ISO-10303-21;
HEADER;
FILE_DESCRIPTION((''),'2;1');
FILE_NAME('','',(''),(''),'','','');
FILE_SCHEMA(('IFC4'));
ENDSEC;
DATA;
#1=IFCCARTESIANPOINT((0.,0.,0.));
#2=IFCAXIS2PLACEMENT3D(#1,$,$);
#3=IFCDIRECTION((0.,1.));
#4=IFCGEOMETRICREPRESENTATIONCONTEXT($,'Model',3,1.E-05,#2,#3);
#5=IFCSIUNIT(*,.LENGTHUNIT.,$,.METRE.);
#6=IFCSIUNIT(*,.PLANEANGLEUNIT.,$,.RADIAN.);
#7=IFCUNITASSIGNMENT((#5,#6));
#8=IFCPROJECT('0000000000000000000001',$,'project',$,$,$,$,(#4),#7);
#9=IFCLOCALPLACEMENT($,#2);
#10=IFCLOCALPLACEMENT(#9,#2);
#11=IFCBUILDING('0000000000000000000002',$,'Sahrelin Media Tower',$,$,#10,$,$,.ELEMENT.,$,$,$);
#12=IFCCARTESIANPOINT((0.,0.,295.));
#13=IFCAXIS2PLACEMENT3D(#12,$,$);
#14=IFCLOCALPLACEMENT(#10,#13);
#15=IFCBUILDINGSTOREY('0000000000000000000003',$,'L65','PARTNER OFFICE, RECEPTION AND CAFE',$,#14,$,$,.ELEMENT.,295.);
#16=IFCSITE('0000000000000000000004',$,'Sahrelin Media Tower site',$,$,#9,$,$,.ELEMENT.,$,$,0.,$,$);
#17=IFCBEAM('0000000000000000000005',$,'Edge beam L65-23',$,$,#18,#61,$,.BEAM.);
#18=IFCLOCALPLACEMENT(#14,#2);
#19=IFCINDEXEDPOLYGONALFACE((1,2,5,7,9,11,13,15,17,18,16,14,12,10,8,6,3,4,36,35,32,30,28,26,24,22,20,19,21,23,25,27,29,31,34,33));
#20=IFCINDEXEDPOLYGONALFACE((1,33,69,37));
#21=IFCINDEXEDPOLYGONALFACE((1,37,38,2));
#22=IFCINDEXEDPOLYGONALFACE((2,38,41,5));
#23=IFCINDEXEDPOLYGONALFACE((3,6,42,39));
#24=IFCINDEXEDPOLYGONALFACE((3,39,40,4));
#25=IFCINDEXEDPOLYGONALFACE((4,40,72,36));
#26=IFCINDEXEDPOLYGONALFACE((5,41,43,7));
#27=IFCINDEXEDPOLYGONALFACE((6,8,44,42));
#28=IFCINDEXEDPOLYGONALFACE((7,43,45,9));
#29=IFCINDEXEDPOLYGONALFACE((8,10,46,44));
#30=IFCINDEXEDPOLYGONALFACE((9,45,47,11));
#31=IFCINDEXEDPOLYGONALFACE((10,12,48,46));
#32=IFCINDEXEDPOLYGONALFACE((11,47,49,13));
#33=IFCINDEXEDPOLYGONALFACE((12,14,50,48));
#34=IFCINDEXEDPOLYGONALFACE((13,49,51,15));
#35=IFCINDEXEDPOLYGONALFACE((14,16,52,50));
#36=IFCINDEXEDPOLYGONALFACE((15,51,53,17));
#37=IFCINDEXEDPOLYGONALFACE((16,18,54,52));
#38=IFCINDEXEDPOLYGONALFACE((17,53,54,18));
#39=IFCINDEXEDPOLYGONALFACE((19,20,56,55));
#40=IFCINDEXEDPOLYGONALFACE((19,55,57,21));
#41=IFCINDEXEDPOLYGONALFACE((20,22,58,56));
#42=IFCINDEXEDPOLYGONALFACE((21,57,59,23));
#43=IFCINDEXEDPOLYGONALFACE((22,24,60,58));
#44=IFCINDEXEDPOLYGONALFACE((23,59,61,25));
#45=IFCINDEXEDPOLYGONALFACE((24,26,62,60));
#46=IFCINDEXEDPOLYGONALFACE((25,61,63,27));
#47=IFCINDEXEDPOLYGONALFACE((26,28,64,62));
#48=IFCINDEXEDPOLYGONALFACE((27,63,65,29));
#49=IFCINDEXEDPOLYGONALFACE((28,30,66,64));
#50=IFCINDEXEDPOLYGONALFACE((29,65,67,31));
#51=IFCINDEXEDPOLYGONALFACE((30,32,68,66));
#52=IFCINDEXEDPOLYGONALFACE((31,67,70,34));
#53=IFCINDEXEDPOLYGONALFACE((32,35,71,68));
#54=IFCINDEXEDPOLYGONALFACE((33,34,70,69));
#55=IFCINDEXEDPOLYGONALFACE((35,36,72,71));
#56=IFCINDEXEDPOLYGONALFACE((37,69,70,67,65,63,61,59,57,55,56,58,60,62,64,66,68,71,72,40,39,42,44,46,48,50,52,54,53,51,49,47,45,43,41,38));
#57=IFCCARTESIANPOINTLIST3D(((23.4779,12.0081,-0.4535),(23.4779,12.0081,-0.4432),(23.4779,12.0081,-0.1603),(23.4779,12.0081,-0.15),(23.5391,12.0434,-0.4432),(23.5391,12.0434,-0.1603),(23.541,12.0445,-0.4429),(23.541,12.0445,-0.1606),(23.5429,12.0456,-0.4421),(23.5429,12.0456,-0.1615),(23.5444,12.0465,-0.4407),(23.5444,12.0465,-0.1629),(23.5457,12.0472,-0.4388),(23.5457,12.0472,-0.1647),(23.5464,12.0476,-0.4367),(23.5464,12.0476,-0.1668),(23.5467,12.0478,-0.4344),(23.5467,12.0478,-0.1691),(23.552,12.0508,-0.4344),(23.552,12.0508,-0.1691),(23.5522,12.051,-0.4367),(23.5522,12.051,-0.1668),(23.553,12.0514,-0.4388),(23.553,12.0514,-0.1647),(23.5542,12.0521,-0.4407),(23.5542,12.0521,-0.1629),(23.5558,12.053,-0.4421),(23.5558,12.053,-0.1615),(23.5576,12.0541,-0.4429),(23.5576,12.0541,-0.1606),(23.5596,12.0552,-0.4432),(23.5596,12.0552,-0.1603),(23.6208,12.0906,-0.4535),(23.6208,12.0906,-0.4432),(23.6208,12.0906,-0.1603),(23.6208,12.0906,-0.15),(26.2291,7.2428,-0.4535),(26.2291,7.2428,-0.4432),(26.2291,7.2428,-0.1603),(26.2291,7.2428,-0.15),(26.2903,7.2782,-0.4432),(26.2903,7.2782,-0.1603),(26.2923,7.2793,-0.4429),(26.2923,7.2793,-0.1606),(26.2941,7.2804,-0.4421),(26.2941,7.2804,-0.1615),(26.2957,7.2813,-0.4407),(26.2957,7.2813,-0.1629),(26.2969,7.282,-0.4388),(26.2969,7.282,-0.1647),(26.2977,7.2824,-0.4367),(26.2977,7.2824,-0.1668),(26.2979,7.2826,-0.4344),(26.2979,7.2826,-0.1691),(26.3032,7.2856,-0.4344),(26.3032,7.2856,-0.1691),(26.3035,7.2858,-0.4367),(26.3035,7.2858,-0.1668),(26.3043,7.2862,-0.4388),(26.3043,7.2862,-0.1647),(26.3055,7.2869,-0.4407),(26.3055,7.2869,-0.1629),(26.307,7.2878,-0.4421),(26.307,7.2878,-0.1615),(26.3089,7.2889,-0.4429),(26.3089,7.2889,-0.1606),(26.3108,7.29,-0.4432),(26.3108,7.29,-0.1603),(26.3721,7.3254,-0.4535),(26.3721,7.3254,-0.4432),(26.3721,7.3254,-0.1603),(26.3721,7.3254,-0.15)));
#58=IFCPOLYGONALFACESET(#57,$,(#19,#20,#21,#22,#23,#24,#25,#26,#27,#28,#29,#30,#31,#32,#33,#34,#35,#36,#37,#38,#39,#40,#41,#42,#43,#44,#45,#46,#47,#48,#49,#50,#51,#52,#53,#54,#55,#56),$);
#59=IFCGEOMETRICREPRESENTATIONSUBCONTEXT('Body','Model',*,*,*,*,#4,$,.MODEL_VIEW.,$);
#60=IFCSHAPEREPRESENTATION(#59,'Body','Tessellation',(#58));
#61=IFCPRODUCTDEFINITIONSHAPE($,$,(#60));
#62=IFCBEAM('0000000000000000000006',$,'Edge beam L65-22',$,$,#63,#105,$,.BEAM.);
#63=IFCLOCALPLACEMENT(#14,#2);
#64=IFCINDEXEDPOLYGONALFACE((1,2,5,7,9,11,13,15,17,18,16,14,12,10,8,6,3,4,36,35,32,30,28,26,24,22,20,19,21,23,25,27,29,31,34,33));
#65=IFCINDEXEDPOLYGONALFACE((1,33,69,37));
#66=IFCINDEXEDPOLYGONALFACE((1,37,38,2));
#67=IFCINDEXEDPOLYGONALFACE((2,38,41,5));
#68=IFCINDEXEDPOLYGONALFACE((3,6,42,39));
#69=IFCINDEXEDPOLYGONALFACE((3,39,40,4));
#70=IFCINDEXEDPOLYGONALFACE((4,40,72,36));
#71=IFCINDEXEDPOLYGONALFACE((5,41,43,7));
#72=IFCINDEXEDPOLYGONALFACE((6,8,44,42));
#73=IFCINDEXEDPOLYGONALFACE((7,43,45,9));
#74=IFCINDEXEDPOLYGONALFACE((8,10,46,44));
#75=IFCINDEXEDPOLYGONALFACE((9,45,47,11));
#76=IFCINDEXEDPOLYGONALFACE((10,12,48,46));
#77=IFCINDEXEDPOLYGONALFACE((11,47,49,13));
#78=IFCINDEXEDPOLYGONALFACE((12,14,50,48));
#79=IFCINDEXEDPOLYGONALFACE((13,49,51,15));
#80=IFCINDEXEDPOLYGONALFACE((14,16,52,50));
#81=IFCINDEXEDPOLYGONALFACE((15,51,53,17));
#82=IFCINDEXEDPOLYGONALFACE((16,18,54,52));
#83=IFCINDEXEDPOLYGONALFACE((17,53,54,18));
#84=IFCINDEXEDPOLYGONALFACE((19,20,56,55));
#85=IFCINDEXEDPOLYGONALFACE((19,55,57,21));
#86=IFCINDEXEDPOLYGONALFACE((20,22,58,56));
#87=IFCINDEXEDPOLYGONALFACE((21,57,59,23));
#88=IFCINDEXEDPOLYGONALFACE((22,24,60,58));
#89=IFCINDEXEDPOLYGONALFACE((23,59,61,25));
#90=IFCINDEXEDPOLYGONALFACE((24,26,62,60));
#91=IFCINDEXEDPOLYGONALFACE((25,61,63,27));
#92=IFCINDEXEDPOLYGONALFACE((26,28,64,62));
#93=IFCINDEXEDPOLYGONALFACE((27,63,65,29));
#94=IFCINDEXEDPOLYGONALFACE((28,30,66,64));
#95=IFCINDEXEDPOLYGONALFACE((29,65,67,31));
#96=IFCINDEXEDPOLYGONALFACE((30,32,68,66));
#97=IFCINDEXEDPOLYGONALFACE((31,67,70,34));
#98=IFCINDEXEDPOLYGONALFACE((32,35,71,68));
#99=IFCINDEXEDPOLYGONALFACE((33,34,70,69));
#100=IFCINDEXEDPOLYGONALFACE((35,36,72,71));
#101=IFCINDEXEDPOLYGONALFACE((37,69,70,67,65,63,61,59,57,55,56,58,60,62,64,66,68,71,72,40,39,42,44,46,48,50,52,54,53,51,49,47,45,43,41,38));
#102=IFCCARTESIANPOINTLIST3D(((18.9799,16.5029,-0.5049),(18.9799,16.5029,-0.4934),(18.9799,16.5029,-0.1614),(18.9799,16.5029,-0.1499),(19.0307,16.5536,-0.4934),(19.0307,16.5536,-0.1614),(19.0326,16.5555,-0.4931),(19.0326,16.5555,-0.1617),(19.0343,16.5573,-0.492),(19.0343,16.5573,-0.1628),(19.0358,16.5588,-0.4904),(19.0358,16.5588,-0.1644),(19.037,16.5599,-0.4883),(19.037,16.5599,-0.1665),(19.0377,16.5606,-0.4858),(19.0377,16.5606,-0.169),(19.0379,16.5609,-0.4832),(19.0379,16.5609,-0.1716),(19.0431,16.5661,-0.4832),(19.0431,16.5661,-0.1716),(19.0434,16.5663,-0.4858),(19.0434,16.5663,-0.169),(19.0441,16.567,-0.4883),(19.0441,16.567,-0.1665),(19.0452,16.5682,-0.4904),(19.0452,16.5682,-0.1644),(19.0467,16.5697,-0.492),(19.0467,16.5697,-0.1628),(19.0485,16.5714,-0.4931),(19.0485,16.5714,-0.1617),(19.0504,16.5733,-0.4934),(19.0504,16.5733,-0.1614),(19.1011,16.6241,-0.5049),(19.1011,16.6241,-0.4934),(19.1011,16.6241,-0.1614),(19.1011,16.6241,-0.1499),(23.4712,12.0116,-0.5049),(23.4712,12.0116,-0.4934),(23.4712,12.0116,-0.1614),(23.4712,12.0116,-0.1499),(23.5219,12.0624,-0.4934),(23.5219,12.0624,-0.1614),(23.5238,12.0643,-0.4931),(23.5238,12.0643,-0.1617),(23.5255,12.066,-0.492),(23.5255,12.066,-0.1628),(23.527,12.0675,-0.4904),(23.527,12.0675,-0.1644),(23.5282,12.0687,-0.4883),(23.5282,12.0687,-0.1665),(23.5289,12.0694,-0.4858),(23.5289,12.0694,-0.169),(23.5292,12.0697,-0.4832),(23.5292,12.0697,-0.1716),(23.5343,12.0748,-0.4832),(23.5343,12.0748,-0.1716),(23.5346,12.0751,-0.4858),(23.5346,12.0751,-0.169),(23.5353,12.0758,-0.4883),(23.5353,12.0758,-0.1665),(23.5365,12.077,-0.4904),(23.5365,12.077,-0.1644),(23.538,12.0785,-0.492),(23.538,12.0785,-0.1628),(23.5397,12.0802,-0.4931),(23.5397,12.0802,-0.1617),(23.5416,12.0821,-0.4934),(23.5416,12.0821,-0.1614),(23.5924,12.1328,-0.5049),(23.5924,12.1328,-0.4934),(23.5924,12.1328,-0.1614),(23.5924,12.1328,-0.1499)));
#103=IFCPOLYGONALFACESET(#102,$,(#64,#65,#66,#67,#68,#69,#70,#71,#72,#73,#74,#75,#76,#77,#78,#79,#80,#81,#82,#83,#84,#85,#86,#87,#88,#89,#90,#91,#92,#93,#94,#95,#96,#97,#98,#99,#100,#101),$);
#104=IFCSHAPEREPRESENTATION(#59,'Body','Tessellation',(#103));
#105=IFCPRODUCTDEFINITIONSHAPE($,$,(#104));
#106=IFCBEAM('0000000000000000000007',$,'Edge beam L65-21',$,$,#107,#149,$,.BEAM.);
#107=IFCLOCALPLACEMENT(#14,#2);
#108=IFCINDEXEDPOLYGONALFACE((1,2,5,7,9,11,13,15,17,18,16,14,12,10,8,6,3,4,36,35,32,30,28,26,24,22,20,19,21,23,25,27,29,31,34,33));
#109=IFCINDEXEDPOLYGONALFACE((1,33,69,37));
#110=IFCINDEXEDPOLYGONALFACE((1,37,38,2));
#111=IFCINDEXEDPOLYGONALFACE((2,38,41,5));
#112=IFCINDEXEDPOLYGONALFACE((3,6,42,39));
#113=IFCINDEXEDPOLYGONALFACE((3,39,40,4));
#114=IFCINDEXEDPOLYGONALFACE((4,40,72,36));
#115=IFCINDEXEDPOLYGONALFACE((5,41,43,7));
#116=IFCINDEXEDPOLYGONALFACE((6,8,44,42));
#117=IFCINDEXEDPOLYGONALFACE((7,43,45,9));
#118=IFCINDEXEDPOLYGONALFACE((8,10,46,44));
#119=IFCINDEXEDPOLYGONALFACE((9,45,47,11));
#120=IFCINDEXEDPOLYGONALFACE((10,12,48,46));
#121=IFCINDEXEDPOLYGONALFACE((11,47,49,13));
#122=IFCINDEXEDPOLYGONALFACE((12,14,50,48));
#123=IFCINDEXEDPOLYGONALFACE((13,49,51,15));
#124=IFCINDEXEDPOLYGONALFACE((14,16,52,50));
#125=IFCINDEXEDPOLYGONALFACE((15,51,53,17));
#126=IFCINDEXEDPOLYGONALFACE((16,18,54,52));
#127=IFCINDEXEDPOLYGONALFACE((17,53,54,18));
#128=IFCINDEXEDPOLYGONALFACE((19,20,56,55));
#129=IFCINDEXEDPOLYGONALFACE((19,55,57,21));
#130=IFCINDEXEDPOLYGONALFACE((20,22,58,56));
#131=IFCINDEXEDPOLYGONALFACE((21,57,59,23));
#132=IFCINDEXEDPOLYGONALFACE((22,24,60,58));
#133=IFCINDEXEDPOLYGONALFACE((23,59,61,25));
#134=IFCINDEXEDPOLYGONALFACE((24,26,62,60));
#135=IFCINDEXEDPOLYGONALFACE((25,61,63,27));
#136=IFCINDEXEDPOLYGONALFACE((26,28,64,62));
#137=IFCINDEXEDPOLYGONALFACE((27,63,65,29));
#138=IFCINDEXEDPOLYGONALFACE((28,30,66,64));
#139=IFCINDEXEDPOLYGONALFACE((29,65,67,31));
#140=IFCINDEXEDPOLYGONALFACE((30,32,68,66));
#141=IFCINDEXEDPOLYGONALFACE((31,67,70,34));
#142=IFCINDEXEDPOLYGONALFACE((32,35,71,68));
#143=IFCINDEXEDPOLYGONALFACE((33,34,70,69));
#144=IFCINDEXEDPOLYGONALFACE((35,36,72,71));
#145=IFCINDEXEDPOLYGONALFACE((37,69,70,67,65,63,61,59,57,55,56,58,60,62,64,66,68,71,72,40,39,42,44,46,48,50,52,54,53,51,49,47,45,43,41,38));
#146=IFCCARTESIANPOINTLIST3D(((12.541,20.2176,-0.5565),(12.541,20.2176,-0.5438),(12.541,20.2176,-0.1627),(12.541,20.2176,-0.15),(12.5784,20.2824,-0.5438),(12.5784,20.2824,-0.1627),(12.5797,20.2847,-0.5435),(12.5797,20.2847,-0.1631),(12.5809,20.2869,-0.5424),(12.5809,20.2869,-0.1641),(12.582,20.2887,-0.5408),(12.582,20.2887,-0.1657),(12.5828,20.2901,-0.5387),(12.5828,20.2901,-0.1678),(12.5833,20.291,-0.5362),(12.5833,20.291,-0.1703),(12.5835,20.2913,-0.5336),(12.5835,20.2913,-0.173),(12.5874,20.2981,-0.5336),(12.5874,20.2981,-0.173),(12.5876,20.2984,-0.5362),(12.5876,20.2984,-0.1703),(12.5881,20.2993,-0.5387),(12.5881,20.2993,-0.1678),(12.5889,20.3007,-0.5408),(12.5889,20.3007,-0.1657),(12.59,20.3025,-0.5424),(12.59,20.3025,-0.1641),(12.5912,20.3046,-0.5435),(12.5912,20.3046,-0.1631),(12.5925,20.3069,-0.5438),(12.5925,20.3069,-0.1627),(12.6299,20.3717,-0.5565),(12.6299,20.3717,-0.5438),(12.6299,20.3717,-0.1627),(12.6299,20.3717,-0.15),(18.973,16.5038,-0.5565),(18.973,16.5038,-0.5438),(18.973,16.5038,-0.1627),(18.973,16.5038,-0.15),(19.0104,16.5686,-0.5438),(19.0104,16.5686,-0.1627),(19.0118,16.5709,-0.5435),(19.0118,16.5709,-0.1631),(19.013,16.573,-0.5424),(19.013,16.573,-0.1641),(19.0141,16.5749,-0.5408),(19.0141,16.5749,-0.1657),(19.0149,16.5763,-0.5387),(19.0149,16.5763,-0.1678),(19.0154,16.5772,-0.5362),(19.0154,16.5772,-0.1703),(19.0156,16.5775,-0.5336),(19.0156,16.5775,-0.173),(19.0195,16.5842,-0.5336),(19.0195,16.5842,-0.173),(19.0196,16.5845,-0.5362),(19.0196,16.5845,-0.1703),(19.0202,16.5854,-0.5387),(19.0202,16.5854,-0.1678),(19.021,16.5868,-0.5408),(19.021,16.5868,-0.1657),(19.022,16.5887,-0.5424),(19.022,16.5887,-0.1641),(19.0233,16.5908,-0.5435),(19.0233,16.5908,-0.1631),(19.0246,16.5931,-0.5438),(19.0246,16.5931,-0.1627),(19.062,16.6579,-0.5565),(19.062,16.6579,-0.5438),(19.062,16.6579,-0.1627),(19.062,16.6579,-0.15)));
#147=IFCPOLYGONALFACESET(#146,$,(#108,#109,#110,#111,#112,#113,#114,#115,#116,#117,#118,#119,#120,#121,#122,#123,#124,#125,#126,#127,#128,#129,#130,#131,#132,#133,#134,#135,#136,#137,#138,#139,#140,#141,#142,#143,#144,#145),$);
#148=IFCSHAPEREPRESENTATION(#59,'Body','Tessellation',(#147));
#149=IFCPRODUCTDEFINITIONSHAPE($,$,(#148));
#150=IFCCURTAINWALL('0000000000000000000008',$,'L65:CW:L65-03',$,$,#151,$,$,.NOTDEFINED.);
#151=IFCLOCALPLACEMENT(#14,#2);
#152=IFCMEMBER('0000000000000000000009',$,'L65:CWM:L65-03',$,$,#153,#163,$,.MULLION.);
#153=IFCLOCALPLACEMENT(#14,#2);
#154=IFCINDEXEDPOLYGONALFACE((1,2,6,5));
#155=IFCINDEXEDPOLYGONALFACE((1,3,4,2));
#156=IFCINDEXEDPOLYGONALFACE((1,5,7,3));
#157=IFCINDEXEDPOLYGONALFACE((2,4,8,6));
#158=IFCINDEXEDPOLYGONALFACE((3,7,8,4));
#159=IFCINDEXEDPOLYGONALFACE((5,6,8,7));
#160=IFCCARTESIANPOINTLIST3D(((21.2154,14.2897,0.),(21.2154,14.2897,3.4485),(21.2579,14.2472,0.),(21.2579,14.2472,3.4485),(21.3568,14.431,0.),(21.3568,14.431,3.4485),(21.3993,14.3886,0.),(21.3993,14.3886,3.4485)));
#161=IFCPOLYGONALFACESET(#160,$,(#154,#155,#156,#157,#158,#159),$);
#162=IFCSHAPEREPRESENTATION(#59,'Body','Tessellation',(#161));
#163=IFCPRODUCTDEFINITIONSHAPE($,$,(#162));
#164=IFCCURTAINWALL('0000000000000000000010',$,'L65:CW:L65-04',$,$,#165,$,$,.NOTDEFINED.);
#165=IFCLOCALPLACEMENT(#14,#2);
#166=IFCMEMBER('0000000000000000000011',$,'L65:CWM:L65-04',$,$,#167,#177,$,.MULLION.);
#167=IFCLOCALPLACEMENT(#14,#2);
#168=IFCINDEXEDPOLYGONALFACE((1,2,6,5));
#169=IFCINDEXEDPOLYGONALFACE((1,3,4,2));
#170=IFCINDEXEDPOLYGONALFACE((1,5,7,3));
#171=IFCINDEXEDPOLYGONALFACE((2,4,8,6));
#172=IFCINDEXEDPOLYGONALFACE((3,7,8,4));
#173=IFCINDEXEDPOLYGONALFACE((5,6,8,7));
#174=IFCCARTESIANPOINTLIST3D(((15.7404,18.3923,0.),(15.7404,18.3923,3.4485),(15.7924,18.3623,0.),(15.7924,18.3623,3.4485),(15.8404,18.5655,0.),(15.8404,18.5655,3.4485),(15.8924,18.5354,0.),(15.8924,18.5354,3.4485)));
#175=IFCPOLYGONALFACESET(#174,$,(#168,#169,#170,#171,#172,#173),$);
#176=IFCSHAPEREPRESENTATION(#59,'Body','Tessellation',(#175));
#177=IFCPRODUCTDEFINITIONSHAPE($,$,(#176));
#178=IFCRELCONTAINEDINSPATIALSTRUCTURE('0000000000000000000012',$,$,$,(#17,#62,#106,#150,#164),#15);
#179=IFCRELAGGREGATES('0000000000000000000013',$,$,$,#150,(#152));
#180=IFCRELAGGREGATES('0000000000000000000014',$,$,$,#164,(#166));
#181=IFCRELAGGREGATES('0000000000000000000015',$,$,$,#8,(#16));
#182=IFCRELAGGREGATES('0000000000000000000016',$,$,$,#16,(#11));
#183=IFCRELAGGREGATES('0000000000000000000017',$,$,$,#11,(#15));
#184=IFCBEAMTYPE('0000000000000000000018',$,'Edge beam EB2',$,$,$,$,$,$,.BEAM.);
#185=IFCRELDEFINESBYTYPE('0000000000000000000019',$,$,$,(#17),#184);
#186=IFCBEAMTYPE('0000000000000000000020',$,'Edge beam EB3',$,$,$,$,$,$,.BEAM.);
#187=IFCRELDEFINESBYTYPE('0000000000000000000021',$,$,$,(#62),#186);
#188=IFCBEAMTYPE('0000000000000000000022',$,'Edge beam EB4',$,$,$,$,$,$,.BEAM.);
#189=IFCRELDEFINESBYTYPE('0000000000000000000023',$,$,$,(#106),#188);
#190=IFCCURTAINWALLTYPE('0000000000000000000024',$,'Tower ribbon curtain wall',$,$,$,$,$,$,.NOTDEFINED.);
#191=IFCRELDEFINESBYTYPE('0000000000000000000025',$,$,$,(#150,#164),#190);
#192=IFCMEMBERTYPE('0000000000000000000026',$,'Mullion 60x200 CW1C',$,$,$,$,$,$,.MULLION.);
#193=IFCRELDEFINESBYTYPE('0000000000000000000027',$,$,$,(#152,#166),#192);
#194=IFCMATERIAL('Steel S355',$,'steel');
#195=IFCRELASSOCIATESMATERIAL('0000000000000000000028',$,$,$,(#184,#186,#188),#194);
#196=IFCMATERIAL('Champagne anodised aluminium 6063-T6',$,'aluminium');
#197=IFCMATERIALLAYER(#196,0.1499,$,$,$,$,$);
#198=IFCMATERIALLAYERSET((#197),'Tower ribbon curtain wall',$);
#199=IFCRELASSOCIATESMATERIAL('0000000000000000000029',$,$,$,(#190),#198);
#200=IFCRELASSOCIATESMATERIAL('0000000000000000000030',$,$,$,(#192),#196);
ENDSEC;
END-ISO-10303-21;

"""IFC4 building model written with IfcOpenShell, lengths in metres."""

from ifc_helpers import new_model, si_unit, direction, frame, origin, origin_2d, place, context, subcontext, project, spatial, rectangle, i_section, extrude, material, layer, layer_set, material_profile, profile_set, type_object, element, aggregate, save


model = new_model("IFC4")

# Units and contexts
model_context = context("Model", 3, precision=1e-05, world=origin(), true_north=direction((0.0, 1.0)))
body_context = subcontext(model_context, "Body", "Model", "MODEL_VIEW")
ifc_project = project(units=[si_unit("LENGTHUNIT", "METRE"), si_unit("PLANEANGLEUNIT", "RADIAN")], contexts=[model_context])

# Site, building, storey
site_placement = place(None, origin())
site = spatial("IfcSite", under=ifc_project, at=site_placement, Name="Sahrelin Media Tower site", CompositionType="ELEMENT", RefElevation=0.0)
building_placement = place(site_placement, origin())
building = spatial("IfcBuilding", under=site, at=building_placement, Name="Sahrelin Media Tower", CompositionType="ELEMENT")
storey_placement = place(building_placement, frame((0.0, 0.0, 295.0)))
storey = spatial("IfcBuildingStorey", under=building, at=storey_placement, Name="L65", Description="PARTNER OFFICE, RECEPTION AND CAFE", CompositionType="ELEMENT", Elevation=295.0)

# Beams
ifc_material_1 = material(Name="Steel S355", Category="steel")
ifc_material_profile_1 = material_profile(ifc_material_1, i_section(OverallWidth=0.165, OverallDepth=0.3035, WebThickness=0.0061, FlangeThickness=0.0103, FilletRadius=0.0088, at=origin_2d()), Name="UB 305x165x40")
ifc_profile_set_1 = profile_set([ifc_material_profile_1], Name="Steel S355")
beam_type_1 = type_object("IfcBeamType", Name="Edge beam EB2", PredefinedType="BEAM", material=ifc_profile_set_1)
beam_1_placement = place(storey_placement, frame((23.5493, 12.0493, -0.3018), z_axis=(0.500009, -0.86602, 0.0), x_axis=(0.86602, 0.500009, 0.0)))
element("IfcBeam", 1, at=beam_1_placement, inside=storey, type_object=beam_type_1, Name="Edge beam L65-23", PredefinedType="BEAM", context=body_context, shape_type="SweptSolid", body=[
    extrude(i_section(OverallWidth=0.165, OverallDepth=0.3035, WebThickness=0.0061, FlangeThickness=0.0103, FilletRadius=0.0088, at=origin_2d()), origin(), (0.0, 0.0, 1.0), 5.5024),
])
ifc_material_profile_2 = material_profile(ifc_material_1, i_section(OverallWidth=0.1714, OverallDepth=0.355, WebThickness=0.0073, FlangeThickness=0.0115, FilletRadius=0.0103, at=origin_2d()), Name="UB 356x171x51")
ifc_profile_set_2 = profile_set([ifc_material_profile_2], Name="Steel S355")
beam_type_2 = type_object("IfcBeamType", Name="Edge beam EB3", PredefinedType="BEAM", material=ifc_profile_set_2)
beam_2_placement = place(storey_placement, frame((19.0405, 16.5635, -0.3274), z_axis=(0.707107, -0.707107, 0.0), x_axis=(0.707107, 0.707107, 0.0)))
element("IfcBeam", 2, at=beam_2_placement, inside=storey, type_object=beam_type_2, Name="Edge beam L65-22", PredefinedType="BEAM", context=body_context, shape_type="SweptSolid", body=[
    extrude(i_section(OverallWidth=0.1714, OverallDepth=0.355, WebThickness=0.0073, FlangeThickness=0.0115, FilletRadius=0.0103, at=origin_2d()), origin(), (0.0, 0.0, 1.0), 6.3516),
])
ifc_material_profile_3 = material_profile(ifc_material_1, i_section(OverallWidth=0.178, OverallDepth=0.4065, WebThickness=0.0078, FlangeThickness=0.0127, FilletRadius=0.0103, at=origin_2d()), Name="UB 406x178x60")
ifc_profile_set_3 = profile_set([ifc_material_profile_3], Name="Steel S355")
beam_type_3 = type_object("IfcBeamType", Name="Edge beam EB4", PredefinedType="BEAM", material=ifc_profile_set_3)
beam_3_placement = place(storey_placement, frame((12.5854, 20.2947, -0.3533), z_axis=(0.866009, -0.500028, 0.0), x_axis=(0.500028, 0.866009, 0.0)))
element("IfcBeam", 3, at=beam_3_placement, inside=storey, type_object=beam_type_3, Name="Edge beam L65-21", PredefinedType="BEAM", context=body_context, shape_type="SweptSolid", body=[
    extrude(i_section(OverallWidth=0.178, OverallDepth=0.4065, WebThickness=0.0078, FlangeThickness=0.0127, FilletRadius=0.0103, at=origin_2d()), origin(), (0.0, 0.0, 1.0), 7.4272),
])

# Curtain walls, members
ifc_material_2 = material(Name="Champagne anodised aluminium 6063-T6", Category="aluminium")
ifc_layer_1 = layer(ifc_material_2, 0.1499)
ifc_layer_set_1 = layer_set([ifc_layer_1], Name="Tower ribbon curtain wall")
curtain_wall_type = type_object("IfcCurtainWallType", Name="Tower ribbon curtain wall", PredefinedType="NOTDEFINED", material=ifc_layer_set_1)
curtain_wall_1_placement = place(storey_placement, frame((21.3923, 14.4238, 0.0), z_axis=(0.0, 0.0, 1.0), x_axis=(1.0, 0.0, 0.0)))
curtain_wall_1 = element("IfcCurtainWall", 4, at=curtain_wall_1_placement, inside=storey, type_object=curtain_wall_type, Name="L65:CW:L65-03", PredefinedType="NOTDEFINED")
ifc_material_profile_4 = material_profile(ifc_material_2, rectangle(XDim=0.0601, YDim=0.2, at=origin_2d()), Name="Mullion 60x200")
ifc_profile_set_4 = profile_set([ifc_material_profile_4], Name="Champagne anodised aluminium 6063-T6")
member_type_1 = type_object("IfcMemberType", Name="Mullion 60x200 CW1C", PredefinedType="MULLION", material=ifc_profile_set_4)
member_1_placement = place(storey_placement, frame((21.3074, 14.3391, 0.0), z_axis=(0.0, 0.0, 1.0), x_axis=(-0.707107, 0.707107, 0.0)))
member_1 = element("IfcMember", 5, at=member_1_placement, type_object=member_type_1, Name="L65:CWM:L65-03", PredefinedType="MULLION", context=body_context, shape_type="SweptSolid", body=[
    extrude(rectangle(XDim=0.0601, YDim=0.2, at=origin_2d()), origin(), (0.0, 0.0, 1.0), 3.4485),
])
curtain_wall_2_placement = place(storey_placement, frame((15.8765, 18.5676, 0.0), z_axis=(0.0, 0.0, 1.0), x_axis=(1.0, 0.0, 0.0)))
curtain_wall_2 = element("IfcCurtainWall", 6, at=curtain_wall_2_placement, inside=storey, type_object=curtain_wall_type, Name="L65:CW:L65-04", PredefinedType="NOTDEFINED")
member_2_placement = place(storey_placement, frame((15.8164, 18.4639, 0.0), z_axis=(0.0, 0.0, 1.0), x_axis=(-0.866025, 0.500002, 0.0)))
member_2 = element("IfcMember", 7, at=member_2_placement, type_object=member_type_1, Name="L65:CWM:L65-04", PredefinedType="MULLION", context=body_context, shape_type="SweptSolid", body=[
    extrude(rectangle(XDim=0.0601, YDim=0.2, at=origin_2d()), origin(), (0.0, 0.0, 1.0), 3.4485),
])

aggregate(curtain_wall_1, [member_1])
aggregate(curtain_wall_2, [member_2])

save(model, "model.ifc")
